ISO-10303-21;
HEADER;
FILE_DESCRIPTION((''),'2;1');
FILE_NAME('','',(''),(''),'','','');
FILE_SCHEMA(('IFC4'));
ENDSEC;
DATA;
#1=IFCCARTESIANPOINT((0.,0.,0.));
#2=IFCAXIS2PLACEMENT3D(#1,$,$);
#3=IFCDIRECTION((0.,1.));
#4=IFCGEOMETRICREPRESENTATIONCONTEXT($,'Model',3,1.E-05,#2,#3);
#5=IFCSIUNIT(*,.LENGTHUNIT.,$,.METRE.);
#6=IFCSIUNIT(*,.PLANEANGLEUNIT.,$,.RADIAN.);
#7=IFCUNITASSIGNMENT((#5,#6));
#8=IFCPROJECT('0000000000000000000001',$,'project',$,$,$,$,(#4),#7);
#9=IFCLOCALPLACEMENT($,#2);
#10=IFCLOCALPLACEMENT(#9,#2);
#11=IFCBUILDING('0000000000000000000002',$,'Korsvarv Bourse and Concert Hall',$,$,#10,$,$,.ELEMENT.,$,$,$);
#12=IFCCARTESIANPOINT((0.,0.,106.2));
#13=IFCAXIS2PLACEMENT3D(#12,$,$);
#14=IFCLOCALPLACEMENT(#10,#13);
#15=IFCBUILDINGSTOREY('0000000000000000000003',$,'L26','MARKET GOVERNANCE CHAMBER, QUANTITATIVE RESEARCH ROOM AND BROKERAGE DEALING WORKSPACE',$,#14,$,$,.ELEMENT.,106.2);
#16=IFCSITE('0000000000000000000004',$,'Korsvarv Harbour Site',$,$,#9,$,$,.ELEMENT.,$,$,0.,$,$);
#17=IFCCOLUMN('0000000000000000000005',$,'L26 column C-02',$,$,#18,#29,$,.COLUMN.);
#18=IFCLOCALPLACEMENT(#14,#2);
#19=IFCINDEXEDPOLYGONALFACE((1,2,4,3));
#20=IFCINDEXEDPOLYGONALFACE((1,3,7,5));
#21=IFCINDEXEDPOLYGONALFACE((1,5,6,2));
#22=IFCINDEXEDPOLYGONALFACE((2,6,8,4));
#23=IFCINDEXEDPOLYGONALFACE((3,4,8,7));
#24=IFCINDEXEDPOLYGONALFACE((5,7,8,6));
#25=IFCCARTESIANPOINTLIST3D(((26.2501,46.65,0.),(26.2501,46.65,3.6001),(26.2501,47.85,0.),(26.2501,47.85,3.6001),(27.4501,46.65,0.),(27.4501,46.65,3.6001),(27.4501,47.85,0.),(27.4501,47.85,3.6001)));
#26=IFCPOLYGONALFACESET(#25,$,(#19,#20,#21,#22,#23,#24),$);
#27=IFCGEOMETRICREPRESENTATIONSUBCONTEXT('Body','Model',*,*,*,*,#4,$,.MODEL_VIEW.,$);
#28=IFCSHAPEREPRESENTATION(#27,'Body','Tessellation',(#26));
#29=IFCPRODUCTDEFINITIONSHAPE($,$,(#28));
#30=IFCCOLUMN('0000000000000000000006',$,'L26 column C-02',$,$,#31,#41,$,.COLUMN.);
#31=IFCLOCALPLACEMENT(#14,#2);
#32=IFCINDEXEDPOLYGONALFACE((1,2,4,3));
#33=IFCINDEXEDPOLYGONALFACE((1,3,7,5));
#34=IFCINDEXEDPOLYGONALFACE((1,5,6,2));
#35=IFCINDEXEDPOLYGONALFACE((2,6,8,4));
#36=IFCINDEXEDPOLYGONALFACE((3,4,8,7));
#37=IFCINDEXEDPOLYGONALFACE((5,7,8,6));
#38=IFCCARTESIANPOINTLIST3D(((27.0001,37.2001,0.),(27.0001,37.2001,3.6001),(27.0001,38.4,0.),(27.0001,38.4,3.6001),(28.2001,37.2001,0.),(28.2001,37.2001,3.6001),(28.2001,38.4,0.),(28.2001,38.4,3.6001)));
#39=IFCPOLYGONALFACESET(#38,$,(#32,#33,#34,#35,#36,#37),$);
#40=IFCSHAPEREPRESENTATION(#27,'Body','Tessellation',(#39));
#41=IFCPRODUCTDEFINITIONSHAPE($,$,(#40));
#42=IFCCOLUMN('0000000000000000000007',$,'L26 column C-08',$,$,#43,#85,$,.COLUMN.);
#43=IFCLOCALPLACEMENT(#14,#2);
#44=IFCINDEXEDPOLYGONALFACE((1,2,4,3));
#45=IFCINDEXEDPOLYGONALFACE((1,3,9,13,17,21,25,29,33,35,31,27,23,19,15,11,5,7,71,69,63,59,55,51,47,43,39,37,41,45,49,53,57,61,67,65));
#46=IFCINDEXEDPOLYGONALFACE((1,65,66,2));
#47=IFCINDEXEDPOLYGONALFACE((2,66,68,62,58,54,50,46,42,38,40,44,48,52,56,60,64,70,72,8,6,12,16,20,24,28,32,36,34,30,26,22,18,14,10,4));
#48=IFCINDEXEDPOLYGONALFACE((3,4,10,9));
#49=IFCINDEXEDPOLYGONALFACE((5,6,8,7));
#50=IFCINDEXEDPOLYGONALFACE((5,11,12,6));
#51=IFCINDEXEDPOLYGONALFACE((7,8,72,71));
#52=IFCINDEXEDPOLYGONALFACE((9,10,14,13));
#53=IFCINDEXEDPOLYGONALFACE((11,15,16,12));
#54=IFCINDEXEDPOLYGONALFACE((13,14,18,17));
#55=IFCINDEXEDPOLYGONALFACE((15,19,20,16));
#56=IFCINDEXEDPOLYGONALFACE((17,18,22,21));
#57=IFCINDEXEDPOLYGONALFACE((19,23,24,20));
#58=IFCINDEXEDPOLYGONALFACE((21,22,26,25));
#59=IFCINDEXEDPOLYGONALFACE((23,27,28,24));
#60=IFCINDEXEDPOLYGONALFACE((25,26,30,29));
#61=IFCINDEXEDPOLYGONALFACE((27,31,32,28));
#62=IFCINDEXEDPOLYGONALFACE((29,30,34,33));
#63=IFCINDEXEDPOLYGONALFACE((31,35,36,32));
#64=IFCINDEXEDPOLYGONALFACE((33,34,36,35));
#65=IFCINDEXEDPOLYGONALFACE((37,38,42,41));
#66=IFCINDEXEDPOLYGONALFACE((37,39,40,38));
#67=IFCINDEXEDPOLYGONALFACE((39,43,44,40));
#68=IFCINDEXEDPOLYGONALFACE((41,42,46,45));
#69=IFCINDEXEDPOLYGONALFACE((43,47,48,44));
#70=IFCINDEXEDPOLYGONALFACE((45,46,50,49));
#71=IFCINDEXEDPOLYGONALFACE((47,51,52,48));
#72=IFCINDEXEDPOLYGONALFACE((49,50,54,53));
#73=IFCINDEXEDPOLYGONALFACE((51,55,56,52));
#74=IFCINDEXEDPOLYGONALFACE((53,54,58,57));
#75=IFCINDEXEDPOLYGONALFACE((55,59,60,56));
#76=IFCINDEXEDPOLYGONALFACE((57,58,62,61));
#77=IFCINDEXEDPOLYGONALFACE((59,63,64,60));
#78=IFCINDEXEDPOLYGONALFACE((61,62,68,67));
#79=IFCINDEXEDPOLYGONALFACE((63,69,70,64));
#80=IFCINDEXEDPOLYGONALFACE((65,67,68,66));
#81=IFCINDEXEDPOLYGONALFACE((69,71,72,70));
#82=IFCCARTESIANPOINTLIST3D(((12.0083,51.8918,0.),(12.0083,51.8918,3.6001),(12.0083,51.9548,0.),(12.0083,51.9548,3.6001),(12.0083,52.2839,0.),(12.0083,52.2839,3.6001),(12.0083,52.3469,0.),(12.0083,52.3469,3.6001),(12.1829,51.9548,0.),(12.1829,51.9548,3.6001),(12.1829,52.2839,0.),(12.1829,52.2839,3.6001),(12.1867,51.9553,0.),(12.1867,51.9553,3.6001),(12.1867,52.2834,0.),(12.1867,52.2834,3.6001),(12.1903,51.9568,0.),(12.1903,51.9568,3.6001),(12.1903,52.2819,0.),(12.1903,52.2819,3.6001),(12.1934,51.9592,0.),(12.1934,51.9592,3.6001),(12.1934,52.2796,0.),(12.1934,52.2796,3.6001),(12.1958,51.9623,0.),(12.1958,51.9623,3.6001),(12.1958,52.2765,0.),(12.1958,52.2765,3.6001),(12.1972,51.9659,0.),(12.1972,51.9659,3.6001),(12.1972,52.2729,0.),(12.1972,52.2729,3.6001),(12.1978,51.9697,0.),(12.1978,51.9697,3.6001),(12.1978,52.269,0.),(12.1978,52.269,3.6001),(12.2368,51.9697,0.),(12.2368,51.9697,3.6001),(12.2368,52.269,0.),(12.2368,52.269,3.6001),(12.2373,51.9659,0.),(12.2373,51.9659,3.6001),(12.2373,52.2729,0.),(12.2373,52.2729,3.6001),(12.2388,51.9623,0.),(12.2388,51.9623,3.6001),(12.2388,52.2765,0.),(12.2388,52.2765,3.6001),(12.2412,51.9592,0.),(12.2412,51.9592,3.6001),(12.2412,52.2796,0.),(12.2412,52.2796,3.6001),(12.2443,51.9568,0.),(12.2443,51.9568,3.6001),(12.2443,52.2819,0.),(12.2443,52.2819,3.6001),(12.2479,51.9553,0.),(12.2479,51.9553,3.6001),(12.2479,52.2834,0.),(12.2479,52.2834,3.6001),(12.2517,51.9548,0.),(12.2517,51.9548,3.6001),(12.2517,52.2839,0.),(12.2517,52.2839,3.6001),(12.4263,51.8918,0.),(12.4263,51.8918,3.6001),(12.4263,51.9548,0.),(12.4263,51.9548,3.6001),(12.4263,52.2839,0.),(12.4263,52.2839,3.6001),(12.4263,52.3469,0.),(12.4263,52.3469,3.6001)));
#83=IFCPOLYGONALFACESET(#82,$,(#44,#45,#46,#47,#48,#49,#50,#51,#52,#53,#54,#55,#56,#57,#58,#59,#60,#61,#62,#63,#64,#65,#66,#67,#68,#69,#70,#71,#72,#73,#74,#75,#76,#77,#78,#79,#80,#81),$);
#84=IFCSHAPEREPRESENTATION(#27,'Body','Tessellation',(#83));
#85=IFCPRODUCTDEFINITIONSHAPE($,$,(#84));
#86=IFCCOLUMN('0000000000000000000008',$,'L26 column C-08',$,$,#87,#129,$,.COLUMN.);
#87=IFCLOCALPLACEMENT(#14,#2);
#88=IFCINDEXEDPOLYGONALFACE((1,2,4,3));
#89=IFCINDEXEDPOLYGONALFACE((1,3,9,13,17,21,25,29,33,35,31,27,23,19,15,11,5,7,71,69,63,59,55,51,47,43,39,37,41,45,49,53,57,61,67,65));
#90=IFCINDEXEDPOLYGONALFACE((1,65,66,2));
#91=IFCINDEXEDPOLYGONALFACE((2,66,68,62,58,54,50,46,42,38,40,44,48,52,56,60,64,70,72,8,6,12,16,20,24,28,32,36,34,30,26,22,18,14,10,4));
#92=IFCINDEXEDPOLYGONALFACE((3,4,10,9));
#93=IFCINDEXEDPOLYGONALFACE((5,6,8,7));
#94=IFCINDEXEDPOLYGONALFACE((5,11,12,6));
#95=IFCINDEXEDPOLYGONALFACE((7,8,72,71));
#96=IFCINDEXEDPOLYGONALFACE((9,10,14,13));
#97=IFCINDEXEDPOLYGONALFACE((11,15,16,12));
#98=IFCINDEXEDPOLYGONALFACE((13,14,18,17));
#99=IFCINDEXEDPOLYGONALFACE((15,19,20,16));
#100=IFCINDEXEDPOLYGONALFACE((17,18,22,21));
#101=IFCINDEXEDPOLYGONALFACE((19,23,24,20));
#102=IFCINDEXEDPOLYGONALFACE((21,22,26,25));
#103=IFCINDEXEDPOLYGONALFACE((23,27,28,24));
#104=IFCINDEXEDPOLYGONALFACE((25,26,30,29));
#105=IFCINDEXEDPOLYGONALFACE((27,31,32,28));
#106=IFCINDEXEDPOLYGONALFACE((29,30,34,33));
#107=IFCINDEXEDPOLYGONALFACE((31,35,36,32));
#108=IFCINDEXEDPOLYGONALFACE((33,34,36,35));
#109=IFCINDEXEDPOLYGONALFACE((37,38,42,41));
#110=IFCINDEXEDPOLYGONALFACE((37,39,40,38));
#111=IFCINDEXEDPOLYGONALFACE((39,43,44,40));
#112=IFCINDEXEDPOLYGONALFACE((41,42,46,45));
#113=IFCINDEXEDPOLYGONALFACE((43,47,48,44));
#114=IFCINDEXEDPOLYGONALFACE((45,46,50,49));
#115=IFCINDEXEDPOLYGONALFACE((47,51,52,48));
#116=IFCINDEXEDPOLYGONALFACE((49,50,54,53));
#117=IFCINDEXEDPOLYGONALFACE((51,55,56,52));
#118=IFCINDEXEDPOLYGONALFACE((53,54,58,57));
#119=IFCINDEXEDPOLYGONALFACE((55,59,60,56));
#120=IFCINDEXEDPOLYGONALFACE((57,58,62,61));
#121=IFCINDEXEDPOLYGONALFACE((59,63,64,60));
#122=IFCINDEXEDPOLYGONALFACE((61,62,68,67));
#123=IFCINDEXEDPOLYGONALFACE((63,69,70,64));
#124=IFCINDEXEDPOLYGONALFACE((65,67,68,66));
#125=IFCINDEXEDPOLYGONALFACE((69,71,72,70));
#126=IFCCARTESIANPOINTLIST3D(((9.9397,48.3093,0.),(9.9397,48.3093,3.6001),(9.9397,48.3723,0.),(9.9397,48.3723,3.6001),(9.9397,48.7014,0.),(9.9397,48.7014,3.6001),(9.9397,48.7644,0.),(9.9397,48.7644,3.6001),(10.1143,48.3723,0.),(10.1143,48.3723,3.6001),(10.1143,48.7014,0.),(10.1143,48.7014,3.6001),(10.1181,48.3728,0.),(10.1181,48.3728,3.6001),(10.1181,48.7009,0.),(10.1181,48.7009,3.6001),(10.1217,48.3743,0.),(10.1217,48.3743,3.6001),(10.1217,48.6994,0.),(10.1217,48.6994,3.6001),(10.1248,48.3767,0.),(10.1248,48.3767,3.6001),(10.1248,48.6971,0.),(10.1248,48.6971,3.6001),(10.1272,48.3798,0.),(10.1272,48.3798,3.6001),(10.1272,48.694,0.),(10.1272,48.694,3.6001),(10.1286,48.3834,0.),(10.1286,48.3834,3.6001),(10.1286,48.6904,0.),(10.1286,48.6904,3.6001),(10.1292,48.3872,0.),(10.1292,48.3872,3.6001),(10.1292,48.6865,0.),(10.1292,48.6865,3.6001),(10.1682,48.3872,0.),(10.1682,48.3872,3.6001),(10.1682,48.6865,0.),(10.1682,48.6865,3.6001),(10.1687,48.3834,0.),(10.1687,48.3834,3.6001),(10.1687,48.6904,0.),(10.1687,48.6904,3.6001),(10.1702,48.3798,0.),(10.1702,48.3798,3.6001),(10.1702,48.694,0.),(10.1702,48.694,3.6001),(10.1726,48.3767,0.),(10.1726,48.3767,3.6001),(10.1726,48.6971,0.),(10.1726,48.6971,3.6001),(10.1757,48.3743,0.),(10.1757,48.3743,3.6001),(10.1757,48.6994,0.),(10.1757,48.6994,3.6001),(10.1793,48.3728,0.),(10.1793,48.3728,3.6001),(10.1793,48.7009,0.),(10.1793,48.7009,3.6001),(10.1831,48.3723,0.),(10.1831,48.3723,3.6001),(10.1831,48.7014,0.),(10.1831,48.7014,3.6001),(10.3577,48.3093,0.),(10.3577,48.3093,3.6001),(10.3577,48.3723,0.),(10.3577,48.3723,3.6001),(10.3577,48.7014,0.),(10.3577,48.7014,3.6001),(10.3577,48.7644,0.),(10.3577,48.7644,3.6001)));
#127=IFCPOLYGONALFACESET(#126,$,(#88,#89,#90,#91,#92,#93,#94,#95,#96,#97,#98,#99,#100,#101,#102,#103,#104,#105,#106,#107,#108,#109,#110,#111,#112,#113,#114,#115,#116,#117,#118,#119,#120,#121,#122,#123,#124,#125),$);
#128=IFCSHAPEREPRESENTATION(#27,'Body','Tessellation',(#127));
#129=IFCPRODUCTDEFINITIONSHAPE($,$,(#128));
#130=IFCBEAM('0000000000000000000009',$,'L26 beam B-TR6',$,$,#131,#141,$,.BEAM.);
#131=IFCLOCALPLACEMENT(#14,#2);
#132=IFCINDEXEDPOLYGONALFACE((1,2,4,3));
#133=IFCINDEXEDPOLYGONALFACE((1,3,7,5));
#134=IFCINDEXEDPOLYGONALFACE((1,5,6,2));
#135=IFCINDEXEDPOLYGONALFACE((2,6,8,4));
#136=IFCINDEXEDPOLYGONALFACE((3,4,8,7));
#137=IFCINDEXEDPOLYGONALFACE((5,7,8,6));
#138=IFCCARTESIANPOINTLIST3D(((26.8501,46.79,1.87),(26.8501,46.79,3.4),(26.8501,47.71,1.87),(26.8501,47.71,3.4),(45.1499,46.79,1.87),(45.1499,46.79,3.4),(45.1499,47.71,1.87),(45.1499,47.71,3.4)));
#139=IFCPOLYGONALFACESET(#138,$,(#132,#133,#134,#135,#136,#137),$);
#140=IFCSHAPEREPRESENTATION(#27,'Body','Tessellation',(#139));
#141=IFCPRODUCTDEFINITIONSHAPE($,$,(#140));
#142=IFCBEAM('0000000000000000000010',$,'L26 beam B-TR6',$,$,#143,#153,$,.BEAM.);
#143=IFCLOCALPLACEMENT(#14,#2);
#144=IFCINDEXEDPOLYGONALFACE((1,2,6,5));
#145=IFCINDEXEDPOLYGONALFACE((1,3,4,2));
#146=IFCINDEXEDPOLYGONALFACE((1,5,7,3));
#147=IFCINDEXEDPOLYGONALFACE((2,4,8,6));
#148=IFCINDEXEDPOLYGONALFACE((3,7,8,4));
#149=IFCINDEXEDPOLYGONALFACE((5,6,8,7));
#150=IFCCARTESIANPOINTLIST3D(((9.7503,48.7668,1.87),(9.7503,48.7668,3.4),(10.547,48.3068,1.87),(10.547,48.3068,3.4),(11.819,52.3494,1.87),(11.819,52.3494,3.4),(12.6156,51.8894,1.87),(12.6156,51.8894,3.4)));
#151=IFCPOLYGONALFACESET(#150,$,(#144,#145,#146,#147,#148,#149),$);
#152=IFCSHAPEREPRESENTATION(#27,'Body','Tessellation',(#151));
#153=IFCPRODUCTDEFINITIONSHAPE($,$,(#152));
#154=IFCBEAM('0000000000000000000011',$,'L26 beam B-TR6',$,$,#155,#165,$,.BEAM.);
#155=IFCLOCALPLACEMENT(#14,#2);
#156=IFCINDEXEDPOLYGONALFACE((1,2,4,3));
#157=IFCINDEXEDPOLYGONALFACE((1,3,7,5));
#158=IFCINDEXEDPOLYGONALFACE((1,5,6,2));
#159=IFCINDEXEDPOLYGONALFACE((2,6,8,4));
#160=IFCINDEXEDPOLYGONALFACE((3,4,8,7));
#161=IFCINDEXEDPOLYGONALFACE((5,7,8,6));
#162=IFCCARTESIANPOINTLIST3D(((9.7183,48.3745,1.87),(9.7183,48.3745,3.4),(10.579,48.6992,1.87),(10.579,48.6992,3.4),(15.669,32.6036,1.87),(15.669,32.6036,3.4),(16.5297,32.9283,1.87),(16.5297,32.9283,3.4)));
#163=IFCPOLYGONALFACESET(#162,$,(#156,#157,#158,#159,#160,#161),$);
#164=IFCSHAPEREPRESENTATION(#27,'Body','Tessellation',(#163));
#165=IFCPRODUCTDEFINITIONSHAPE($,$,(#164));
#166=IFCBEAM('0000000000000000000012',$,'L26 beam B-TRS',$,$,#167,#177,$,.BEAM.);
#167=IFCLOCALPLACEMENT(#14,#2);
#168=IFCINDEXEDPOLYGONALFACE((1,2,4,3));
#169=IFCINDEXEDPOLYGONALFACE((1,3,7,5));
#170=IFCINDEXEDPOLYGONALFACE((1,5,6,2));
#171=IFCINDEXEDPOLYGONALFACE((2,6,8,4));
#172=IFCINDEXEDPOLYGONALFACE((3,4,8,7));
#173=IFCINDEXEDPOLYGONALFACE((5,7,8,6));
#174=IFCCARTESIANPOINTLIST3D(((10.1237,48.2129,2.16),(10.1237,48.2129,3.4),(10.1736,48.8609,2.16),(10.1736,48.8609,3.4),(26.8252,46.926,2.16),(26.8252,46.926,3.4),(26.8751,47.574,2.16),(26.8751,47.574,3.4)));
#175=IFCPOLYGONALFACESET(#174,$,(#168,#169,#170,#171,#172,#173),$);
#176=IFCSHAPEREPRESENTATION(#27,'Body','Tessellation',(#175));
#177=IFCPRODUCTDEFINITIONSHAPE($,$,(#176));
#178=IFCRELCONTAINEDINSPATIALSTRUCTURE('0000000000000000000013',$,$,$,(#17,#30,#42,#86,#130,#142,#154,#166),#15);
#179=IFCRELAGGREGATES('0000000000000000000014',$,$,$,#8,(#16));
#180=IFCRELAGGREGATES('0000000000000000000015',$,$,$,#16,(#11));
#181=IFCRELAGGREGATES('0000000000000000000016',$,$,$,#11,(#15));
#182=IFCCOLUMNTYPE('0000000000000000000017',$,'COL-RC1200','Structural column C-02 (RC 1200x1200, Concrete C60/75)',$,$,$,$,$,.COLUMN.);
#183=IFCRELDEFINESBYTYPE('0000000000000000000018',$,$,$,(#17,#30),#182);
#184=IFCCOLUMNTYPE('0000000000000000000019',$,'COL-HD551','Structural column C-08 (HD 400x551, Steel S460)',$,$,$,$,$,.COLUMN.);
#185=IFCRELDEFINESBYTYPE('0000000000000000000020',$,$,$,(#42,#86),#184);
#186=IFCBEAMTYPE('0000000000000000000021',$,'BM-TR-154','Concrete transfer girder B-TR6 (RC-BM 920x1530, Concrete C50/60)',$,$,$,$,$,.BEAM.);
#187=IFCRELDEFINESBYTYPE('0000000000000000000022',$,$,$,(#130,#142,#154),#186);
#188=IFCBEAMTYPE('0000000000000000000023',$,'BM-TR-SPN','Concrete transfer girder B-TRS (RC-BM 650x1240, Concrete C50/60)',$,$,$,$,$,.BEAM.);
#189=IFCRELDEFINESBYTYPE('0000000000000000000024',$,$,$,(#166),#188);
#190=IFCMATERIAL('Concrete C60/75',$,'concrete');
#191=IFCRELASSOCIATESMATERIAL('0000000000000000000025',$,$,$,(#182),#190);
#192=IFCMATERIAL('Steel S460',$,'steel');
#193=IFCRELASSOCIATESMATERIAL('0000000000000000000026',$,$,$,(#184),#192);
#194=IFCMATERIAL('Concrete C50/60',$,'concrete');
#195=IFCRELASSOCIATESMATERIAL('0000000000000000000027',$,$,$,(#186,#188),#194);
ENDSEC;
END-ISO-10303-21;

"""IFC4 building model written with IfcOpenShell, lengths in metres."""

from ifc_helpers import new_model, si_unit, direction, frame, origin, origin_2d, place, context, subcontext, project, spatial, rectangle, i_section, extrude, source, transform, mapped, material, material_profile, profile_set, type_object, element, save


model = new_model("IFC4")

# Units and contexts
model_context = context("Model", 3, precision=1e-05, world=origin(), true_north=direction((0.0, 1.0)))
body_context = subcontext(model_context, "Body", "Model", "MODEL_VIEW")
ifc_project = project(units=[si_unit("LENGTHUNIT", "METRE"), si_unit("PLANEANGLEUNIT", "RADIAN")], contexts=[model_context])

# Site, building, storey
site_placement = place(None, origin())
site = spatial("IfcSite", under=ifc_project, at=site_placement, Name="Korsvarv Harbour Site", CompositionType="ELEMENT", RefElevation=0.0)
building_placement = place(site_placement, origin())
building = spatial("IfcBuilding", under=site, at=building_placement, Name="Korsvarv Bourse and Concert Hall", CompositionType="ELEMENT")
storey_placement = place(building_placement, frame((0.0, 0.0, 106.2)))
storey = spatial("IfcBuildingStorey", under=building, at=storey_placement, Name="L26", Description="MARKET GOVERNANCE CHAMBER, QUANTITATIVE RESEARCH ROOM AND BROKERAGE DEALING WORKSPACE", CompositionType="ELEMENT", Elevation=106.2)

# Columns
ifc_material_1 = material(Name="Concrete C60/75", Category="concrete")
ifc_material_profile_1 = material_profile(ifc_material_1, rectangle(XDim=1.2, YDim=1.2, at=origin_2d()), Name="RC 1200x1200")
ifc_profile_set_1 = profile_set([ifc_material_profile_1], Name="Concrete C60/75")
column_type_1 = type_object("IfcColumnType", Name="COL-RC1200", Description="Structural column C-02 (RC 1200x1200, Concrete C60/75)", PredefinedType="COLUMN", material=ifc_profile_set_1)
shared_shape_1 = source(origin(), body_context, "Body", "SweptSolid", [
    extrude(rectangle(XDim=1.2, YDim=1.2, at=origin_2d()), origin(), (0.0, 0.0, 1.0), 3.6001),
])
for number, where, z_axis, x_axis, name in (
    (1, (26.8501, 47.25, 0.0), (0.0, 0.0, 1.0), (1.0, 0.0, 0.0), "L26 column C-02"),
    (2, (27.6001, 37.8, 0.0), (0.0, 0.0, 1.0), (1.0, 0.0, 0.0), "L26 column C-02"),
):
    element("IfcColumn", number, at=place(storey_placement, frame(where, z_axis=z_axis, x_axis=x_axis)), inside=storey, type_object=column_type_1, Name=name, PredefinedType="COLUMN", context=body_context, shape_type="MappedRepresentation", body=[
        mapped(shared_shape_1, transform((0.0, 0.0, 0.0), scale=1.0)),
    ])
ifc_material_2 = material(Name="Steel S460", Category="steel")
ifc_material_profile_2 = material_profile(ifc_material_2, i_section(OverallWidth=0.418, OverallDepth=0.4551, WebThickness=0.0391, FlangeThickness=0.063, FilletRadius=0.0149, at=origin_2d()), Name="HD 400x551")
ifc_profile_set_2 = profile_set([ifc_material_profile_2], Name="Steel S460")
column_type_2 = type_object("IfcColumnType", Name="COL-HD551", Description="Structural column C-08 (HD 400x551, Steel S460)", PredefinedType="COLUMN", material=ifc_profile_set_2)
shared_shape_2 = source(origin(), body_context, "Body", "SweptSolid", [
    extrude(i_section(OverallWidth=0.418, OverallDepth=0.4551, WebThickness=0.0391, FlangeThickness=0.063, FilletRadius=0.0149, at=origin_2d()), origin(), (0.0, 0.0, 1.0), 3.6001),
])
for number, where, z_axis, x_axis, name in (
    (3, (12.2173, 52.1194, 0.0), (0.0, 0.0, 1.0), (1.0, 0.0, 0.0), "L26 column C-08"),
    (4, (10.1487, 48.5369, 0.0), (0.0, 0.0, 1.0), (1.0, 0.0, 0.0), "L26 column C-08"),
):
    element("IfcColumn", number, at=place(storey_placement, frame(where, z_axis=z_axis, x_axis=x_axis)), inside=storey, type_object=column_type_2, Name=name, PredefinedType="COLUMN", context=body_context, shape_type="MappedRepresentation", body=[
        mapped(shared_shape_2, transform((0.0, 0.0, 0.0), scale=1.0)),
    ])

# Beams
ifc_material_3 = material(Name="Concrete C50/60", Category="concrete")
ifc_material_profile_3 = material_profile(ifc_material_3, rectangle(XDim=0.9199, YDim=1.53, at=origin_2d()), Name="RC-BM 920x1530")
ifc_profile_set_3 = profile_set([ifc_material_profile_3], Name="Concrete C50/60")
beam_type_1 = type_object("IfcBeamType", Name="BM-TR-154", Description="Concrete transfer girder B-TR6 (RC-BM 920x1530, Concrete C50/60)", PredefinedType="BEAM", material=ifc_profile_set_3)
shared_shape_3 = source(origin(), body_context, "Body", "SweptSolid", [
    extrude(rectangle(XDim=0.9199, YDim=1.53, at=origin_2d()), origin(), (0.0, 0.0, 1.0), 18.2998),
])
beam_1_placement = place(storey_placement, frame((26.8501, 47.25, 2.635), z_axis=(1.0, 0.0, 0.0), x_axis=(0.0, 1.0, 0.0)))
element("IfcBeam", 5, at=beam_1_placement, inside=storey, type_object=beam_type_1, Name="L26 beam B-TR6", PredefinedType="BEAM", context=body_context, shape_type="MappedRepresentation", body=[
    mapped(shared_shape_3, transform((0.0, 0.0, 0.0), scale=1.0)),
])
shared_shape_4 = source(origin(), body_context, "Body", "SweptSolid", [
    extrude(rectangle(XDim=0.9199, YDim=1.53, at=origin_2d()), origin(), (0.0, 0.0, 1.0), 4.137),
])
beam_2_placement = place(storey_placement, frame((12.2173, 52.1194, 2.635), z_axis=(-0.500043, -0.866001, 0.0), x_axis=(0.866001, -0.500043, 0.0)))
element("IfcBeam", 6, at=beam_2_placement, inside=storey, type_object=beam_type_1, Name="L26 beam B-TR6", PredefinedType="BEAM", context=body_context, shape_type="MappedRepresentation", body=[
    mapped(shared_shape_4, transform((0.0, 0.0, 0.0), scale=1.0)),
])
shared_shape_5 = source(origin(), body_context, "Body", "SweptSolid", [
    extrude(rectangle(XDim=0.9199, YDim=1.53, at=origin_2d()), origin(), (0.0, 0.0, 1.0), 16.8562),
])
beam_3_placement = place(storey_placement, frame((10.1487, 48.5369, 2.635), z_axis=(0.353024, -0.935614, 0.0), x_axis=(0.935614, 0.353024, 0.0)))
element("IfcBeam", 7, at=beam_3_placement, inside=storey, type_object=beam_type_1, Name="L26 beam B-TR6", PredefinedType="BEAM", context=body_context, shape_type="MappedRepresentation", body=[
    mapped(shared_shape_5, transform((0.0, 0.0, 0.0), scale=1.0)),
])
ifc_material_profile_4 = material_profile(ifc_material_3, rectangle(XDim=0.6499, YDim=1.24, at=origin_2d()), Name="RC-BM 650x1240")
ifc_profile_set_4 = profile_set([ifc_material_profile_4], Name="Concrete C50/60")
beam_type_2 = type_object("IfcBeamType", Name="BM-TR-SPN", Description="Concrete transfer girder B-TRS (RC-BM 650x1240, Concrete C50/60)", PredefinedType="BEAM", material=ifc_profile_set_4)
shared_shape_6 = source(origin(), body_context, "Body", "SweptSolid", [
    extrude(rectangle(XDim=0.6499, YDim=1.24, at=origin_2d()), origin(), (0.0, 0.0, 1.0), 16.751),
])
beam_4_placement = place(storey_placement, frame((10.1487, 48.5369, 2.78), z_axis=(0.997045, -0.076824, 0.0), x_axis=(0.076824, 0.997045, 0.0)))
element("IfcBeam", 8, at=beam_4_placement, inside=storey, type_object=beam_type_2, Name="L26 beam B-TRS", PredefinedType="BEAM", context=body_context, shape_type="MappedRepresentation", body=[
    mapped(shared_shape_6, transform((0.0, 0.0, 0.0), scale=1.0)),
])

save(model, "model.ifc")
